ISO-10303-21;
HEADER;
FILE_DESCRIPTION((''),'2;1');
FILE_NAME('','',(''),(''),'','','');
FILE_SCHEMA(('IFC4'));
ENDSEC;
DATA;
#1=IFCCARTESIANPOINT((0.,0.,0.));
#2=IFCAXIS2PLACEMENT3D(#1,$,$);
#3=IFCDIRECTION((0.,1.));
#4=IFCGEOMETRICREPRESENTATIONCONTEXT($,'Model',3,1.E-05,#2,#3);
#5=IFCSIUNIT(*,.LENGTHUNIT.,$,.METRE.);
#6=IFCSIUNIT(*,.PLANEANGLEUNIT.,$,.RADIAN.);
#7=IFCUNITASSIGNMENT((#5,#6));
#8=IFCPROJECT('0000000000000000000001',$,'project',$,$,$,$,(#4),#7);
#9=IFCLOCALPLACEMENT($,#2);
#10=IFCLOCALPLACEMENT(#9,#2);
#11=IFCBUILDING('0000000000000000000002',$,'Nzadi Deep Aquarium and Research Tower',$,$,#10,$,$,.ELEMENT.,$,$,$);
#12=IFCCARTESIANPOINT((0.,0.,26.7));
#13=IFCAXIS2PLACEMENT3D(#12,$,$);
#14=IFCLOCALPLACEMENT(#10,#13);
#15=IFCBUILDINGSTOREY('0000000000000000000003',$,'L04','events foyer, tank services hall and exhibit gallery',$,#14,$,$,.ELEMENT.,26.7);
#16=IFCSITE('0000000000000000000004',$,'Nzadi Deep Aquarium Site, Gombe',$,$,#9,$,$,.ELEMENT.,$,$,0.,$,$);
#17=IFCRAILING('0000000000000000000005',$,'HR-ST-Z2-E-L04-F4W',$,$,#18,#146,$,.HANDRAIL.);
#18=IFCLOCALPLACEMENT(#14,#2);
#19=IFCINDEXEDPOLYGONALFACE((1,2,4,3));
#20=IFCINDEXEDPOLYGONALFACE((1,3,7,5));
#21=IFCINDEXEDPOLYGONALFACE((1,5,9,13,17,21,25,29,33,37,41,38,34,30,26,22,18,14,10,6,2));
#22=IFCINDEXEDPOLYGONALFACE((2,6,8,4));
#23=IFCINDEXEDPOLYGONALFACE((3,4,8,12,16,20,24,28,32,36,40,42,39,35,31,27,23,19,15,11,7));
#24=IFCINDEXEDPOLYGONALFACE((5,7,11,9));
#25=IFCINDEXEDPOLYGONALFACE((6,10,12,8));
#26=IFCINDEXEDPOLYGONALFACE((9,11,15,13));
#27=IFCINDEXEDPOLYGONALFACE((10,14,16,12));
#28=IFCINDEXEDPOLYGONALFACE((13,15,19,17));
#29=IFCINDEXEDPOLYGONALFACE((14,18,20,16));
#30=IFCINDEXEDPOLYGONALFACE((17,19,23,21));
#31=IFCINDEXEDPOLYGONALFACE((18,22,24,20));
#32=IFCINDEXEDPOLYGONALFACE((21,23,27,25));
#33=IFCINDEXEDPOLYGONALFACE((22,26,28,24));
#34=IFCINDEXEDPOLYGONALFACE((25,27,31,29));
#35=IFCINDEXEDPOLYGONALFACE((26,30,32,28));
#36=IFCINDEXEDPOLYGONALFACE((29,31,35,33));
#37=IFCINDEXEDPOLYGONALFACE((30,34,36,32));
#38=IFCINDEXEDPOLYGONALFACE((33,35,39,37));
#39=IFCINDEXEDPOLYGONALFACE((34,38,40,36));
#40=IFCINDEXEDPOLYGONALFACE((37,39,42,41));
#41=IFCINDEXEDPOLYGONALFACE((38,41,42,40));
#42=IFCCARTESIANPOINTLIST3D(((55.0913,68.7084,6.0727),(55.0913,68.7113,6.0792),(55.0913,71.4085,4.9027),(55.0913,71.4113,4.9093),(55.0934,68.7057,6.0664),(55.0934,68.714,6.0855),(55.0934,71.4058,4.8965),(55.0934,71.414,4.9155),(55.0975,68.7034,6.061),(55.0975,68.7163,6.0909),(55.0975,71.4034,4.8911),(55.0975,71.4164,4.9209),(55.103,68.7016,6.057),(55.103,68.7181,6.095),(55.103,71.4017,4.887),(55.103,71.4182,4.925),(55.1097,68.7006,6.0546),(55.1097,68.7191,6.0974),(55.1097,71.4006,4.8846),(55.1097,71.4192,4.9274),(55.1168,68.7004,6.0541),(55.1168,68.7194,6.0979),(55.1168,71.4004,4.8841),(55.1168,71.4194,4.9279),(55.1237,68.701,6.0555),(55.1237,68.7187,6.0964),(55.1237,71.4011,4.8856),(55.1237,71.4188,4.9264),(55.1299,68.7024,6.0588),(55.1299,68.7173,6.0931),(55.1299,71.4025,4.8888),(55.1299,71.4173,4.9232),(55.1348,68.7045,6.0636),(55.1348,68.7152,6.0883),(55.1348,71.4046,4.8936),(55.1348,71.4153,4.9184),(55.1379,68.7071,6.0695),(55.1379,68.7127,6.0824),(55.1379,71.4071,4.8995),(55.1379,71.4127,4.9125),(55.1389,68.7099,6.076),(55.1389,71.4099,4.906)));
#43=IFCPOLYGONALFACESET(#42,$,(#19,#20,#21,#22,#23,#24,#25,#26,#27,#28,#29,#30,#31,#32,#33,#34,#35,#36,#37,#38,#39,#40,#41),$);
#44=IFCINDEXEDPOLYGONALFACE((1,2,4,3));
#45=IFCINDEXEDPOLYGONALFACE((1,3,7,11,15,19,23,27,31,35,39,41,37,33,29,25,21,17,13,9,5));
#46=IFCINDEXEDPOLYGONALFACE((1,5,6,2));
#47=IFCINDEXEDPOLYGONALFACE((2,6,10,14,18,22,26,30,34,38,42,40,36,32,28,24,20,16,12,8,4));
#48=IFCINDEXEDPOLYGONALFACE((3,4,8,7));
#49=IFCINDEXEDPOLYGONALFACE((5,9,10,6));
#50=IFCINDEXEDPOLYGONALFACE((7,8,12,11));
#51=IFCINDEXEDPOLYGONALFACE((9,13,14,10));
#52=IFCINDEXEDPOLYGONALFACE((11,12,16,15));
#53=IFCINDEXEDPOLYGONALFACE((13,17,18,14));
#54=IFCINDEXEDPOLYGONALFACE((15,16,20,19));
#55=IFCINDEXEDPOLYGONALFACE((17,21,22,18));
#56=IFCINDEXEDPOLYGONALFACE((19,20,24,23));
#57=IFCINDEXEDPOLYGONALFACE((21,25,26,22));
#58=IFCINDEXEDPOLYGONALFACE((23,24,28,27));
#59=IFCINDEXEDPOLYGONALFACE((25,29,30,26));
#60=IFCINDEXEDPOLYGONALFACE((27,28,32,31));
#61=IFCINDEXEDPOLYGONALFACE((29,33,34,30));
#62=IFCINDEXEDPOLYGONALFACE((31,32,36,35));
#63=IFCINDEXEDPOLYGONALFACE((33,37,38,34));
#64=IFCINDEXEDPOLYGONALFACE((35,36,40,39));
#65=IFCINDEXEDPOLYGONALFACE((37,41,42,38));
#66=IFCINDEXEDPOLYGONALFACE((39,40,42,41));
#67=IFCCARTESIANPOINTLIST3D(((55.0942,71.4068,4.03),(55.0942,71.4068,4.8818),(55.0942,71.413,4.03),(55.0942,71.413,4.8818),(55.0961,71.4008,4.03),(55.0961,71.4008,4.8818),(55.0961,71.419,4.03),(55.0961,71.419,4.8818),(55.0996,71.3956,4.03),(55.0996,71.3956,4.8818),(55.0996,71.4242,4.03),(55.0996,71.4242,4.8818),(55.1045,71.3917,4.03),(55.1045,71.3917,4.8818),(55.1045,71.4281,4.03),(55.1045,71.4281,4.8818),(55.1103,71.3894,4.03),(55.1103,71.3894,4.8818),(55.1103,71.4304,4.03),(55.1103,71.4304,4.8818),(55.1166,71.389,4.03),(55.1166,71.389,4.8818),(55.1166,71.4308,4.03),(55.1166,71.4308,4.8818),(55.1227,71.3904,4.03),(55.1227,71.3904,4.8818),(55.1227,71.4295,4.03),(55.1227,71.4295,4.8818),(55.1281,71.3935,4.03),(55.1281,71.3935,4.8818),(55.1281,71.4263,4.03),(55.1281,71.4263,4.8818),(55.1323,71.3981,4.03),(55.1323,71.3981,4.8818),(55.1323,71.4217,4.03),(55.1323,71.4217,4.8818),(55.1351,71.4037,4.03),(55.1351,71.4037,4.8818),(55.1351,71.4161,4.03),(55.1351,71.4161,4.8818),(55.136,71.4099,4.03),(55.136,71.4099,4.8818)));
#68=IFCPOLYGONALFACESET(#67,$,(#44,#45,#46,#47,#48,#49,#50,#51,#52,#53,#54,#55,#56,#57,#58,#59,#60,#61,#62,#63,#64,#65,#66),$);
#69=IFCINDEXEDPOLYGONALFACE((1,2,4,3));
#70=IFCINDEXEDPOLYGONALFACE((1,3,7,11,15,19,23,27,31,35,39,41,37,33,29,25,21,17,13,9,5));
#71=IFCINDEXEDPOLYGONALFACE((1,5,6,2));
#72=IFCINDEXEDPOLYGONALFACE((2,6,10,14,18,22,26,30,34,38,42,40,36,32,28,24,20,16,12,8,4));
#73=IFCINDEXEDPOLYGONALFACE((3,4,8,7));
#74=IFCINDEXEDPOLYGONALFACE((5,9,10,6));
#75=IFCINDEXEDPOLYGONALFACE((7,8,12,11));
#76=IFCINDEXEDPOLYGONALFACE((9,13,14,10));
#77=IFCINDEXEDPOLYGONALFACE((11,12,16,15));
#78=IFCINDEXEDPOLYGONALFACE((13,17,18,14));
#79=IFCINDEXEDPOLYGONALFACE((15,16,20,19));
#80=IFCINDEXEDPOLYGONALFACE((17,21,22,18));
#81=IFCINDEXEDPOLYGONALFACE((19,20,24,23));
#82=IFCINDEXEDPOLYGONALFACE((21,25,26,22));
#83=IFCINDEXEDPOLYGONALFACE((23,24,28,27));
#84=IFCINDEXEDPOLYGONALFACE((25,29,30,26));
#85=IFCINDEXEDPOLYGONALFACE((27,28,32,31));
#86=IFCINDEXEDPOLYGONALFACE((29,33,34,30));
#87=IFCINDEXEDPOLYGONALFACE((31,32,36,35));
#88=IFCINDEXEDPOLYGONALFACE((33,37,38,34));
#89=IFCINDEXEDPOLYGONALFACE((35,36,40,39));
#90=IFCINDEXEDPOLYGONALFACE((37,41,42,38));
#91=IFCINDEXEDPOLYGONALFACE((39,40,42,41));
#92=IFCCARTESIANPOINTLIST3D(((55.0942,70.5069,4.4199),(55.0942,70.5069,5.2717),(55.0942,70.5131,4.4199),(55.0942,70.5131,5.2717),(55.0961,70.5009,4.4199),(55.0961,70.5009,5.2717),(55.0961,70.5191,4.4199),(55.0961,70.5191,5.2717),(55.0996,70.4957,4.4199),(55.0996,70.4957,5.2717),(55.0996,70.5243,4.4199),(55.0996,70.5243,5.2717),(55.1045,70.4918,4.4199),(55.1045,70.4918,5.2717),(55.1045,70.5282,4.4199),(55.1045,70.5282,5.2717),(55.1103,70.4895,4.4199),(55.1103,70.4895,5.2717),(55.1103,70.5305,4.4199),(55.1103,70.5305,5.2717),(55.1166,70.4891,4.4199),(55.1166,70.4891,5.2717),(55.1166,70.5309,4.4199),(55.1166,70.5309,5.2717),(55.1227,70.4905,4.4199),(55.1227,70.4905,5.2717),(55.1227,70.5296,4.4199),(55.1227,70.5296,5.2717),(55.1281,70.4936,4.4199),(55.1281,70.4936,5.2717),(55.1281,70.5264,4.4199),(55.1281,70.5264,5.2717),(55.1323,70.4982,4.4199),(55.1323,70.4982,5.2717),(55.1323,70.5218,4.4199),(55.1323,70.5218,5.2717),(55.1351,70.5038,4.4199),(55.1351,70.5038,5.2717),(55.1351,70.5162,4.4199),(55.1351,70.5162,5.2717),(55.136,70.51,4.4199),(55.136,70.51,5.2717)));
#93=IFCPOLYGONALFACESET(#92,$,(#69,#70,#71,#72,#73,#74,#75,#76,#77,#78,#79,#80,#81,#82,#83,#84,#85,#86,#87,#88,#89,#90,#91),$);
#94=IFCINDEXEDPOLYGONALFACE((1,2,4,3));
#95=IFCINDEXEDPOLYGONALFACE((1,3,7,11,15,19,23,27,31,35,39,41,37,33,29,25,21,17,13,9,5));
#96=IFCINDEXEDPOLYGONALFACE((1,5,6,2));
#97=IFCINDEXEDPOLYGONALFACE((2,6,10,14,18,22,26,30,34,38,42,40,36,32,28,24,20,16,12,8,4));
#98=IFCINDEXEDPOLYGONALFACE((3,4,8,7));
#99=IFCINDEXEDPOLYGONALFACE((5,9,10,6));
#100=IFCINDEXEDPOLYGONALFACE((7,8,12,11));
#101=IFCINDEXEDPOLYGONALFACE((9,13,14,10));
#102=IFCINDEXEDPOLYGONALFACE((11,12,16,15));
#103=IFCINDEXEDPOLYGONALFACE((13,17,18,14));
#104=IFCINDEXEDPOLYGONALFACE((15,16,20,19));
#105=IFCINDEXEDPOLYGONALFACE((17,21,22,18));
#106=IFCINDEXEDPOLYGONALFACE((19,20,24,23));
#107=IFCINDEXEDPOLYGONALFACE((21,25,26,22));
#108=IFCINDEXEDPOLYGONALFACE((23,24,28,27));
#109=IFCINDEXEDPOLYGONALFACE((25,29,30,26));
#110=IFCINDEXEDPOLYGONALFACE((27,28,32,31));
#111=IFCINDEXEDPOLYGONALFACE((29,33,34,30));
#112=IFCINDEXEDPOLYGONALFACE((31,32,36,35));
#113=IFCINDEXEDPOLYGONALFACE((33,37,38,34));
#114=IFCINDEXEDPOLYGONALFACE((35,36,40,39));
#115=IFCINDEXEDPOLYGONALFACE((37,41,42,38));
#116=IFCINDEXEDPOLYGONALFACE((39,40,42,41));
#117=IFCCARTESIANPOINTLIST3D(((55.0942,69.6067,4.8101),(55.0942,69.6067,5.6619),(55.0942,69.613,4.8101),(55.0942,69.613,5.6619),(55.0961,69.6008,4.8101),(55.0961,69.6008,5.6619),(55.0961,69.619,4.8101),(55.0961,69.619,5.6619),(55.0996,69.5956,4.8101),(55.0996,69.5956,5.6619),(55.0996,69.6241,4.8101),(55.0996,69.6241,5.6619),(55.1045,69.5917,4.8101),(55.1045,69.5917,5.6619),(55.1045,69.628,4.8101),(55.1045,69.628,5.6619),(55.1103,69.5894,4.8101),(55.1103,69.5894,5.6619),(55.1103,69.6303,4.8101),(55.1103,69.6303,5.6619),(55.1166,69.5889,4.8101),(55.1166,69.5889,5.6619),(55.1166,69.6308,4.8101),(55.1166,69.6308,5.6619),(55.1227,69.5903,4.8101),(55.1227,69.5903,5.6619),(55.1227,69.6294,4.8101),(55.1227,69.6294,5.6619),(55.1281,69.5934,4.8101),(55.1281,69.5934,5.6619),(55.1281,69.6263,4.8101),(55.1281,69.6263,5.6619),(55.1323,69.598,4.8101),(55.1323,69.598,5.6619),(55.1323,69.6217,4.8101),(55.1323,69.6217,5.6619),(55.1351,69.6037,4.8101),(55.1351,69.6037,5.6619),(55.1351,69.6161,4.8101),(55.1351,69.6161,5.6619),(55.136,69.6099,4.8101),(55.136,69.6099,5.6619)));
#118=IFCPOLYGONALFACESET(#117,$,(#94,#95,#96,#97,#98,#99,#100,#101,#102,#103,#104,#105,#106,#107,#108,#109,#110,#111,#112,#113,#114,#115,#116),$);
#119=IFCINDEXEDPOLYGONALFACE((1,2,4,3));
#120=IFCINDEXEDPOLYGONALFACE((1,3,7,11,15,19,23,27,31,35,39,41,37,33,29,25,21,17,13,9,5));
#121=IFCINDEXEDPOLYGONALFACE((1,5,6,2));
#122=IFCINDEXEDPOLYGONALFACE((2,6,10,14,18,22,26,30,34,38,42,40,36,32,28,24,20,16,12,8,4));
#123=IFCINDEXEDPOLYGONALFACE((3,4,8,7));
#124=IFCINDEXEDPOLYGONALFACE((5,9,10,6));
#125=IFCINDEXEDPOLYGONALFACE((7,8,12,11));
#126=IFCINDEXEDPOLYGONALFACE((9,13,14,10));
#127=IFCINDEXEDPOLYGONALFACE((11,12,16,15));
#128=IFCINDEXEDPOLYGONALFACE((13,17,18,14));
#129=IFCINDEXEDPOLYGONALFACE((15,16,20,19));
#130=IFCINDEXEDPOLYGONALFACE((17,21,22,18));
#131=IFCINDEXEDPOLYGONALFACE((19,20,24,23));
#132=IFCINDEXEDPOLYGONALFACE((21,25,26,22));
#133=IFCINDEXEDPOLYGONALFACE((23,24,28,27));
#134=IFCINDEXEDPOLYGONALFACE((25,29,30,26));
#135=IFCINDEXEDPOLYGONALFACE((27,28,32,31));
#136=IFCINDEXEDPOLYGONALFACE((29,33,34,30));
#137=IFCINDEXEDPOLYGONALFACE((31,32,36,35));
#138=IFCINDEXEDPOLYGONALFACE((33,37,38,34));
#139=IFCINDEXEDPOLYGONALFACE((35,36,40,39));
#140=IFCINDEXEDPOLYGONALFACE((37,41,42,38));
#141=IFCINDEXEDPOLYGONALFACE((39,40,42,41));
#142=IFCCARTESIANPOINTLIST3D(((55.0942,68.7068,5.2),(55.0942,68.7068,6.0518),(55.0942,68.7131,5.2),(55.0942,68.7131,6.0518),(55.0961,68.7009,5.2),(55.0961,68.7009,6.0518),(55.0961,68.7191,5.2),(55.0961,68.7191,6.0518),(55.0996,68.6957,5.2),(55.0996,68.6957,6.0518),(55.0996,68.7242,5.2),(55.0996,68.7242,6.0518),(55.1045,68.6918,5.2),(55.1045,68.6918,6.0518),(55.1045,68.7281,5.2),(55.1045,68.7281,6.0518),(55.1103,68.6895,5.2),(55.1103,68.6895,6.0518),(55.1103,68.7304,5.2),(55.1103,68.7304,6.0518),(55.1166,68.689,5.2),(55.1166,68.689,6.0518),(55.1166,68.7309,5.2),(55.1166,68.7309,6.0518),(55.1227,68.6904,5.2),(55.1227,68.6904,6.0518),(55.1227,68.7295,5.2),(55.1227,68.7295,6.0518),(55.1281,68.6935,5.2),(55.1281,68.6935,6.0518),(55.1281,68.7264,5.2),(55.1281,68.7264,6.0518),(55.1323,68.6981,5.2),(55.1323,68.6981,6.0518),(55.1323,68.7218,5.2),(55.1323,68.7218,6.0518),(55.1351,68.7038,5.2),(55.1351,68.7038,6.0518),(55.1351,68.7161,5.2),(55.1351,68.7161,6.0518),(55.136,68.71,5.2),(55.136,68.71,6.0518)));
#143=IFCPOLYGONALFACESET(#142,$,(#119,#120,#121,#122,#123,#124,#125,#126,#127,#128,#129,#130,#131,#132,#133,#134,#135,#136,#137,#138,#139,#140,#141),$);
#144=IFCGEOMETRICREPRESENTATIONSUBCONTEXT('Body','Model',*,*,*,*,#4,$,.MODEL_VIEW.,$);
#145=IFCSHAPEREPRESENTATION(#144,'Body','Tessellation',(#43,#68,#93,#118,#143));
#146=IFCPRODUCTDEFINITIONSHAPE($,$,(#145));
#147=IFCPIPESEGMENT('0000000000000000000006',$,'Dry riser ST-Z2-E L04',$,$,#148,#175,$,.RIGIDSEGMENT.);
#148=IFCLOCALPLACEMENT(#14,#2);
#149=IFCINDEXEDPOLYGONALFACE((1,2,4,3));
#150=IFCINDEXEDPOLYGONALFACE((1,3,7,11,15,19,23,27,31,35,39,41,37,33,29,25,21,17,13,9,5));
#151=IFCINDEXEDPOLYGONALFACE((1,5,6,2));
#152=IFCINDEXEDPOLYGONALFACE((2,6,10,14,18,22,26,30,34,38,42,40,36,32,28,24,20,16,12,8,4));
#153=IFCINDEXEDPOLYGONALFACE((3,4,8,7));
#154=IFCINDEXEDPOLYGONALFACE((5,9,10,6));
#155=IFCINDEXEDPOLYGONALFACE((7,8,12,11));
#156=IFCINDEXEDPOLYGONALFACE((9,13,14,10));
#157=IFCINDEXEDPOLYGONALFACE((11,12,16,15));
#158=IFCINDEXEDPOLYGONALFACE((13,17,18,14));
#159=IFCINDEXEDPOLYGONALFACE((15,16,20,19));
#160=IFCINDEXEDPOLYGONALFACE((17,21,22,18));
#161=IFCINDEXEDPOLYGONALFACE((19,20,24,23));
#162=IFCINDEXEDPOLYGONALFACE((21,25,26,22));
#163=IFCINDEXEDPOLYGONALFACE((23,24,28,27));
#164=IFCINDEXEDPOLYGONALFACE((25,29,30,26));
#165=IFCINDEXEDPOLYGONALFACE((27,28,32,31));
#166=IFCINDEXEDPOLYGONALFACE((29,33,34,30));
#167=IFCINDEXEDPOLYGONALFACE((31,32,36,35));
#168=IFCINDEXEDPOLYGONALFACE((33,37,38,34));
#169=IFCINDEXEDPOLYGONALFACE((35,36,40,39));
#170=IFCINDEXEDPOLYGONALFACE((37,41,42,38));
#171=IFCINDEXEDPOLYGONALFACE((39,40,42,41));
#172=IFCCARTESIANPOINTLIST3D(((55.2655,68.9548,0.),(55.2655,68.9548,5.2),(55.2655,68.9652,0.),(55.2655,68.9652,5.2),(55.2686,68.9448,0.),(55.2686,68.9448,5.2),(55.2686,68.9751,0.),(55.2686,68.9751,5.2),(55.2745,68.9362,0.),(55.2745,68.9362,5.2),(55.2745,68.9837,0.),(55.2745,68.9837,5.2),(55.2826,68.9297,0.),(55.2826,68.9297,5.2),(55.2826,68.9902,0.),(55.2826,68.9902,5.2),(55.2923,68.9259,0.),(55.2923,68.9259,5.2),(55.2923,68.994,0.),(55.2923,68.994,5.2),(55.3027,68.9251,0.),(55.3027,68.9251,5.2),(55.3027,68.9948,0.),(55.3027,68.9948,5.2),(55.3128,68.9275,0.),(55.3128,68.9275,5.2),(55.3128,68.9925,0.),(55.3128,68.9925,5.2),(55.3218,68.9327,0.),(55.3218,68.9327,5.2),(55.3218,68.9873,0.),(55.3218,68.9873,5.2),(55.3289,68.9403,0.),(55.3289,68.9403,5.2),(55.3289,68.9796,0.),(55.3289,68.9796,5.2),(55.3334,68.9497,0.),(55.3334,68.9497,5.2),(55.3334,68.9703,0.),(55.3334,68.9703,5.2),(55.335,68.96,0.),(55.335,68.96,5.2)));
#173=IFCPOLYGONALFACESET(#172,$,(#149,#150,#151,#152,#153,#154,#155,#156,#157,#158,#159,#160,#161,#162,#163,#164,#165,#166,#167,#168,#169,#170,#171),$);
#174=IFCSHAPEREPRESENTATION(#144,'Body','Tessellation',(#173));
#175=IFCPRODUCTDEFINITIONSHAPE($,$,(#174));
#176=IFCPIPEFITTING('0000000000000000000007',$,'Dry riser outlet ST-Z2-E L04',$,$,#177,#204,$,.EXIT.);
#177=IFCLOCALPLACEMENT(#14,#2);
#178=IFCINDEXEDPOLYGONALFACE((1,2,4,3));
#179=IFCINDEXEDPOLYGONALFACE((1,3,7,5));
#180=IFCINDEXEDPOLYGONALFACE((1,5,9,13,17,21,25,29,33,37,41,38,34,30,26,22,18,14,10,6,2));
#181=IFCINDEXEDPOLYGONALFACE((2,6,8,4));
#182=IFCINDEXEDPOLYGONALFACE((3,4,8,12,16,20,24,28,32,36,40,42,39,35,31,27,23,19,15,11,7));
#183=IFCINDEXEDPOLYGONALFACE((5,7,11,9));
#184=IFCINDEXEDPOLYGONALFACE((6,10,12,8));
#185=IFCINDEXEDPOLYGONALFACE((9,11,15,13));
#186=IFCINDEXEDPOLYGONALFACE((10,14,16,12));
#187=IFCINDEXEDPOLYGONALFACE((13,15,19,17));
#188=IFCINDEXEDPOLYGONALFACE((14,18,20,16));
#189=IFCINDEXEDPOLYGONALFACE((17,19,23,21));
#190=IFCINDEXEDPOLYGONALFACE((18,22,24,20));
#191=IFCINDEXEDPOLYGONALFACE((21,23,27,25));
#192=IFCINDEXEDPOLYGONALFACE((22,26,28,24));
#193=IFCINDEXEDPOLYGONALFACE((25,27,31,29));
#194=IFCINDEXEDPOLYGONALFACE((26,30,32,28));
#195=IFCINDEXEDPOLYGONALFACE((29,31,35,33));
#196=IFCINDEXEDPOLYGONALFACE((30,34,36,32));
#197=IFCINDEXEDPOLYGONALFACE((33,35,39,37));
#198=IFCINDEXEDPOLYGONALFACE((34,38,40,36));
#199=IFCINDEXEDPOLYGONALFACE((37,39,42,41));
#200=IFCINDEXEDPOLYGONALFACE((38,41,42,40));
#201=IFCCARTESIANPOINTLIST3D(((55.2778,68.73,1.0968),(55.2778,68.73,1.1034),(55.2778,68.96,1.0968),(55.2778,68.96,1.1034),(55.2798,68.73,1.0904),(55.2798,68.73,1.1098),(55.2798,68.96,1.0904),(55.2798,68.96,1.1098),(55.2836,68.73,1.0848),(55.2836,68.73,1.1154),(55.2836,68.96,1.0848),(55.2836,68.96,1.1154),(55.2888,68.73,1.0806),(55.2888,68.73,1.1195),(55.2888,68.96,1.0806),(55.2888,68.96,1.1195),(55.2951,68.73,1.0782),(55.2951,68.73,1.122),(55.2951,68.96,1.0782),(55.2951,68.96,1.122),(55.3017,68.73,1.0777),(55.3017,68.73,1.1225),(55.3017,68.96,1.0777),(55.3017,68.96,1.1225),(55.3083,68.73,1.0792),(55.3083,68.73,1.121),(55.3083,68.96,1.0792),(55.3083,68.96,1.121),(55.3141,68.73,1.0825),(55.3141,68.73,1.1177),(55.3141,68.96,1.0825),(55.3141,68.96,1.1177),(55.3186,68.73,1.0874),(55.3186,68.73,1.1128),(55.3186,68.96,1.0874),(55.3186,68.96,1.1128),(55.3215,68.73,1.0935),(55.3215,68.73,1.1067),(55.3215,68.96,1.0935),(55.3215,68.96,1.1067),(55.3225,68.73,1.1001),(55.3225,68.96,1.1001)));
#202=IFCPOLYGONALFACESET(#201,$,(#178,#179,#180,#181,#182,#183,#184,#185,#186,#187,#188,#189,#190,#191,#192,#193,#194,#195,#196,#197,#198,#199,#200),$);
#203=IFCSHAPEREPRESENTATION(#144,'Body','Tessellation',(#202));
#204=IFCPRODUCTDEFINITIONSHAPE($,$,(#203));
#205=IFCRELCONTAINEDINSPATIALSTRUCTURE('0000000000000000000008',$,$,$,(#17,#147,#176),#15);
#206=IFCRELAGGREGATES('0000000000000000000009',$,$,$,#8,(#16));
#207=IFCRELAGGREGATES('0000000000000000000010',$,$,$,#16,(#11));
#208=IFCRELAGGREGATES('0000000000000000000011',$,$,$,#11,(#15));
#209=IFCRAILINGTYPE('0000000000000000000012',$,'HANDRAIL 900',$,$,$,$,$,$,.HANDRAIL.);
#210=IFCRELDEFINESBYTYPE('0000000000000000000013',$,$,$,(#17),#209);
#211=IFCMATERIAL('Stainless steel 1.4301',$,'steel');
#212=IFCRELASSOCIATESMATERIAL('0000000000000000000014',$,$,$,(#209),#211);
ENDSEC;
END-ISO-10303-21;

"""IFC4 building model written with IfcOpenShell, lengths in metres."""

from ifc_helpers import new_model, si_unit, direction, frame, origin, origin_2d, place, context, subcontext, project, spatial, circle, extrude, material, type_object, element, save


model = new_model("IFC4")

# Units and contexts
model_context = context("Model", 3, precision=1e-05, world=origin(), true_north=direction((0.0, 1.0)))
body_context = subcontext(model_context, "Body", "Model", "MODEL_VIEW")
ifc_project = project(units=[si_unit("LENGTHUNIT", "METRE"), si_unit("PLANEANGLEUNIT", "RADIAN")], contexts=[model_context])

# Site, building, storey
site_placement = place(None, origin())
site = spatial("IfcSite", under=ifc_project, at=site_placement, Name="Nzadi Deep Aquarium Site, Gombe", CompositionType="ELEMENT", RefElevation=0.0)
building_placement = place(site_placement, origin())
building = spatial("IfcBuilding", under=site, at=building_placement, Name="Nzadi Deep Aquarium and Research Tower", CompositionType="ELEMENT")
storey_placement = place(building_placement, frame((0.0, 0.0, 26.7)))
storey = spatial("IfcBuildingStorey", under=building, at=storey_placement, Name="L04", Description="events foyer, tank services hall and exhibit gallery", CompositionType="ELEMENT", Elevation=26.7)

# Railing
ifc_material_1 = material(Name="Stainless steel 1.4301", Category="steel")
railing_type_1 = type_object("IfcRailingType", Name="HANDRAIL 900", PredefinedType="HANDRAIL", material=ifc_material_1)
for number, where, name in (
    (1, (55.115, 71.4099, 4.03), "HR-ST-Z2-E-L04-F4W"),
):
    element("IfcRailing", number, at=place(storey_placement, frame(where)), inside=storey, type_object=railing_type_1, Name=name, PredefinedType="HANDRAIL", context=body_context, shape_type="SweptSolid", body=[
        extrude(circle(Radius=0.0239, at=origin_2d()), frame((0.0, 0.0, 0.876), z_axis=(0.0, -0.917563, 0.397591), x_axis=(1.0, 0.0, 0.0)), (0.0, 0.0, 1.0), 2.9426),
        extrude(circle(Radius=0.021, at=origin_2d()), origin(), (0.0, 0.0, 1.0), 0.8518),
        extrude(circle(Radius=0.021, at=origin_2d()), frame((0.0, -0.8999, 0.3899)), (0.0, 0.0, 1.0), 0.8518),
        extrude(circle(Radius=0.021, at=origin_2d()), frame((0.0, -1.8, 0.78)), (0.0, 0.0, 1.0), 0.8518),
        extrude(circle(Radius=0.021, at=origin_2d()), frame((0.0, -2.7, 1.1699)), (0.0, 0.0, 1.0), 0.8518),
    ])

# Pipe segment
pipe_segment_placement = place(storey_placement, frame((55.3, 68.96, 0.0), z_axis=(0.0, 0.0, 1.0), x_axis=(1.0, 0.0, 0.0)))
element("IfcPipeSegment", 2, at=pipe_segment_placement, inside=storey, Name="Dry riser ST-Z2-E L04", PredefinedType="RIGIDSEGMENT", context=body_context, shape_type="SweptSolid", body=[
    extrude(circle(Radius=0.0349, at=origin_2d()), origin(), (0.0, 0.0, 1.0), 5.2),
])

# Pipe fitting
pipe_fitting_placement = place(storey_placement, frame((55.3, 68.96, 1.1001), z_axis=(0.0, -1.0, 0.0), x_axis=(1.0, 0.0, 0.0)))
element("IfcPipeFitting", 3, at=pipe_fitting_placement, inside=storey, Name="Dry riser outlet ST-Z2-E L04", PredefinedType="EXIT", context=body_context, shape_type="SweptSolid", body=[
    extrude(circle(Radius=0.0225, at=origin_2d()), origin(), (0.0, 0.0, 1.0), 0.23),
])

save(model, "model.ifc")
